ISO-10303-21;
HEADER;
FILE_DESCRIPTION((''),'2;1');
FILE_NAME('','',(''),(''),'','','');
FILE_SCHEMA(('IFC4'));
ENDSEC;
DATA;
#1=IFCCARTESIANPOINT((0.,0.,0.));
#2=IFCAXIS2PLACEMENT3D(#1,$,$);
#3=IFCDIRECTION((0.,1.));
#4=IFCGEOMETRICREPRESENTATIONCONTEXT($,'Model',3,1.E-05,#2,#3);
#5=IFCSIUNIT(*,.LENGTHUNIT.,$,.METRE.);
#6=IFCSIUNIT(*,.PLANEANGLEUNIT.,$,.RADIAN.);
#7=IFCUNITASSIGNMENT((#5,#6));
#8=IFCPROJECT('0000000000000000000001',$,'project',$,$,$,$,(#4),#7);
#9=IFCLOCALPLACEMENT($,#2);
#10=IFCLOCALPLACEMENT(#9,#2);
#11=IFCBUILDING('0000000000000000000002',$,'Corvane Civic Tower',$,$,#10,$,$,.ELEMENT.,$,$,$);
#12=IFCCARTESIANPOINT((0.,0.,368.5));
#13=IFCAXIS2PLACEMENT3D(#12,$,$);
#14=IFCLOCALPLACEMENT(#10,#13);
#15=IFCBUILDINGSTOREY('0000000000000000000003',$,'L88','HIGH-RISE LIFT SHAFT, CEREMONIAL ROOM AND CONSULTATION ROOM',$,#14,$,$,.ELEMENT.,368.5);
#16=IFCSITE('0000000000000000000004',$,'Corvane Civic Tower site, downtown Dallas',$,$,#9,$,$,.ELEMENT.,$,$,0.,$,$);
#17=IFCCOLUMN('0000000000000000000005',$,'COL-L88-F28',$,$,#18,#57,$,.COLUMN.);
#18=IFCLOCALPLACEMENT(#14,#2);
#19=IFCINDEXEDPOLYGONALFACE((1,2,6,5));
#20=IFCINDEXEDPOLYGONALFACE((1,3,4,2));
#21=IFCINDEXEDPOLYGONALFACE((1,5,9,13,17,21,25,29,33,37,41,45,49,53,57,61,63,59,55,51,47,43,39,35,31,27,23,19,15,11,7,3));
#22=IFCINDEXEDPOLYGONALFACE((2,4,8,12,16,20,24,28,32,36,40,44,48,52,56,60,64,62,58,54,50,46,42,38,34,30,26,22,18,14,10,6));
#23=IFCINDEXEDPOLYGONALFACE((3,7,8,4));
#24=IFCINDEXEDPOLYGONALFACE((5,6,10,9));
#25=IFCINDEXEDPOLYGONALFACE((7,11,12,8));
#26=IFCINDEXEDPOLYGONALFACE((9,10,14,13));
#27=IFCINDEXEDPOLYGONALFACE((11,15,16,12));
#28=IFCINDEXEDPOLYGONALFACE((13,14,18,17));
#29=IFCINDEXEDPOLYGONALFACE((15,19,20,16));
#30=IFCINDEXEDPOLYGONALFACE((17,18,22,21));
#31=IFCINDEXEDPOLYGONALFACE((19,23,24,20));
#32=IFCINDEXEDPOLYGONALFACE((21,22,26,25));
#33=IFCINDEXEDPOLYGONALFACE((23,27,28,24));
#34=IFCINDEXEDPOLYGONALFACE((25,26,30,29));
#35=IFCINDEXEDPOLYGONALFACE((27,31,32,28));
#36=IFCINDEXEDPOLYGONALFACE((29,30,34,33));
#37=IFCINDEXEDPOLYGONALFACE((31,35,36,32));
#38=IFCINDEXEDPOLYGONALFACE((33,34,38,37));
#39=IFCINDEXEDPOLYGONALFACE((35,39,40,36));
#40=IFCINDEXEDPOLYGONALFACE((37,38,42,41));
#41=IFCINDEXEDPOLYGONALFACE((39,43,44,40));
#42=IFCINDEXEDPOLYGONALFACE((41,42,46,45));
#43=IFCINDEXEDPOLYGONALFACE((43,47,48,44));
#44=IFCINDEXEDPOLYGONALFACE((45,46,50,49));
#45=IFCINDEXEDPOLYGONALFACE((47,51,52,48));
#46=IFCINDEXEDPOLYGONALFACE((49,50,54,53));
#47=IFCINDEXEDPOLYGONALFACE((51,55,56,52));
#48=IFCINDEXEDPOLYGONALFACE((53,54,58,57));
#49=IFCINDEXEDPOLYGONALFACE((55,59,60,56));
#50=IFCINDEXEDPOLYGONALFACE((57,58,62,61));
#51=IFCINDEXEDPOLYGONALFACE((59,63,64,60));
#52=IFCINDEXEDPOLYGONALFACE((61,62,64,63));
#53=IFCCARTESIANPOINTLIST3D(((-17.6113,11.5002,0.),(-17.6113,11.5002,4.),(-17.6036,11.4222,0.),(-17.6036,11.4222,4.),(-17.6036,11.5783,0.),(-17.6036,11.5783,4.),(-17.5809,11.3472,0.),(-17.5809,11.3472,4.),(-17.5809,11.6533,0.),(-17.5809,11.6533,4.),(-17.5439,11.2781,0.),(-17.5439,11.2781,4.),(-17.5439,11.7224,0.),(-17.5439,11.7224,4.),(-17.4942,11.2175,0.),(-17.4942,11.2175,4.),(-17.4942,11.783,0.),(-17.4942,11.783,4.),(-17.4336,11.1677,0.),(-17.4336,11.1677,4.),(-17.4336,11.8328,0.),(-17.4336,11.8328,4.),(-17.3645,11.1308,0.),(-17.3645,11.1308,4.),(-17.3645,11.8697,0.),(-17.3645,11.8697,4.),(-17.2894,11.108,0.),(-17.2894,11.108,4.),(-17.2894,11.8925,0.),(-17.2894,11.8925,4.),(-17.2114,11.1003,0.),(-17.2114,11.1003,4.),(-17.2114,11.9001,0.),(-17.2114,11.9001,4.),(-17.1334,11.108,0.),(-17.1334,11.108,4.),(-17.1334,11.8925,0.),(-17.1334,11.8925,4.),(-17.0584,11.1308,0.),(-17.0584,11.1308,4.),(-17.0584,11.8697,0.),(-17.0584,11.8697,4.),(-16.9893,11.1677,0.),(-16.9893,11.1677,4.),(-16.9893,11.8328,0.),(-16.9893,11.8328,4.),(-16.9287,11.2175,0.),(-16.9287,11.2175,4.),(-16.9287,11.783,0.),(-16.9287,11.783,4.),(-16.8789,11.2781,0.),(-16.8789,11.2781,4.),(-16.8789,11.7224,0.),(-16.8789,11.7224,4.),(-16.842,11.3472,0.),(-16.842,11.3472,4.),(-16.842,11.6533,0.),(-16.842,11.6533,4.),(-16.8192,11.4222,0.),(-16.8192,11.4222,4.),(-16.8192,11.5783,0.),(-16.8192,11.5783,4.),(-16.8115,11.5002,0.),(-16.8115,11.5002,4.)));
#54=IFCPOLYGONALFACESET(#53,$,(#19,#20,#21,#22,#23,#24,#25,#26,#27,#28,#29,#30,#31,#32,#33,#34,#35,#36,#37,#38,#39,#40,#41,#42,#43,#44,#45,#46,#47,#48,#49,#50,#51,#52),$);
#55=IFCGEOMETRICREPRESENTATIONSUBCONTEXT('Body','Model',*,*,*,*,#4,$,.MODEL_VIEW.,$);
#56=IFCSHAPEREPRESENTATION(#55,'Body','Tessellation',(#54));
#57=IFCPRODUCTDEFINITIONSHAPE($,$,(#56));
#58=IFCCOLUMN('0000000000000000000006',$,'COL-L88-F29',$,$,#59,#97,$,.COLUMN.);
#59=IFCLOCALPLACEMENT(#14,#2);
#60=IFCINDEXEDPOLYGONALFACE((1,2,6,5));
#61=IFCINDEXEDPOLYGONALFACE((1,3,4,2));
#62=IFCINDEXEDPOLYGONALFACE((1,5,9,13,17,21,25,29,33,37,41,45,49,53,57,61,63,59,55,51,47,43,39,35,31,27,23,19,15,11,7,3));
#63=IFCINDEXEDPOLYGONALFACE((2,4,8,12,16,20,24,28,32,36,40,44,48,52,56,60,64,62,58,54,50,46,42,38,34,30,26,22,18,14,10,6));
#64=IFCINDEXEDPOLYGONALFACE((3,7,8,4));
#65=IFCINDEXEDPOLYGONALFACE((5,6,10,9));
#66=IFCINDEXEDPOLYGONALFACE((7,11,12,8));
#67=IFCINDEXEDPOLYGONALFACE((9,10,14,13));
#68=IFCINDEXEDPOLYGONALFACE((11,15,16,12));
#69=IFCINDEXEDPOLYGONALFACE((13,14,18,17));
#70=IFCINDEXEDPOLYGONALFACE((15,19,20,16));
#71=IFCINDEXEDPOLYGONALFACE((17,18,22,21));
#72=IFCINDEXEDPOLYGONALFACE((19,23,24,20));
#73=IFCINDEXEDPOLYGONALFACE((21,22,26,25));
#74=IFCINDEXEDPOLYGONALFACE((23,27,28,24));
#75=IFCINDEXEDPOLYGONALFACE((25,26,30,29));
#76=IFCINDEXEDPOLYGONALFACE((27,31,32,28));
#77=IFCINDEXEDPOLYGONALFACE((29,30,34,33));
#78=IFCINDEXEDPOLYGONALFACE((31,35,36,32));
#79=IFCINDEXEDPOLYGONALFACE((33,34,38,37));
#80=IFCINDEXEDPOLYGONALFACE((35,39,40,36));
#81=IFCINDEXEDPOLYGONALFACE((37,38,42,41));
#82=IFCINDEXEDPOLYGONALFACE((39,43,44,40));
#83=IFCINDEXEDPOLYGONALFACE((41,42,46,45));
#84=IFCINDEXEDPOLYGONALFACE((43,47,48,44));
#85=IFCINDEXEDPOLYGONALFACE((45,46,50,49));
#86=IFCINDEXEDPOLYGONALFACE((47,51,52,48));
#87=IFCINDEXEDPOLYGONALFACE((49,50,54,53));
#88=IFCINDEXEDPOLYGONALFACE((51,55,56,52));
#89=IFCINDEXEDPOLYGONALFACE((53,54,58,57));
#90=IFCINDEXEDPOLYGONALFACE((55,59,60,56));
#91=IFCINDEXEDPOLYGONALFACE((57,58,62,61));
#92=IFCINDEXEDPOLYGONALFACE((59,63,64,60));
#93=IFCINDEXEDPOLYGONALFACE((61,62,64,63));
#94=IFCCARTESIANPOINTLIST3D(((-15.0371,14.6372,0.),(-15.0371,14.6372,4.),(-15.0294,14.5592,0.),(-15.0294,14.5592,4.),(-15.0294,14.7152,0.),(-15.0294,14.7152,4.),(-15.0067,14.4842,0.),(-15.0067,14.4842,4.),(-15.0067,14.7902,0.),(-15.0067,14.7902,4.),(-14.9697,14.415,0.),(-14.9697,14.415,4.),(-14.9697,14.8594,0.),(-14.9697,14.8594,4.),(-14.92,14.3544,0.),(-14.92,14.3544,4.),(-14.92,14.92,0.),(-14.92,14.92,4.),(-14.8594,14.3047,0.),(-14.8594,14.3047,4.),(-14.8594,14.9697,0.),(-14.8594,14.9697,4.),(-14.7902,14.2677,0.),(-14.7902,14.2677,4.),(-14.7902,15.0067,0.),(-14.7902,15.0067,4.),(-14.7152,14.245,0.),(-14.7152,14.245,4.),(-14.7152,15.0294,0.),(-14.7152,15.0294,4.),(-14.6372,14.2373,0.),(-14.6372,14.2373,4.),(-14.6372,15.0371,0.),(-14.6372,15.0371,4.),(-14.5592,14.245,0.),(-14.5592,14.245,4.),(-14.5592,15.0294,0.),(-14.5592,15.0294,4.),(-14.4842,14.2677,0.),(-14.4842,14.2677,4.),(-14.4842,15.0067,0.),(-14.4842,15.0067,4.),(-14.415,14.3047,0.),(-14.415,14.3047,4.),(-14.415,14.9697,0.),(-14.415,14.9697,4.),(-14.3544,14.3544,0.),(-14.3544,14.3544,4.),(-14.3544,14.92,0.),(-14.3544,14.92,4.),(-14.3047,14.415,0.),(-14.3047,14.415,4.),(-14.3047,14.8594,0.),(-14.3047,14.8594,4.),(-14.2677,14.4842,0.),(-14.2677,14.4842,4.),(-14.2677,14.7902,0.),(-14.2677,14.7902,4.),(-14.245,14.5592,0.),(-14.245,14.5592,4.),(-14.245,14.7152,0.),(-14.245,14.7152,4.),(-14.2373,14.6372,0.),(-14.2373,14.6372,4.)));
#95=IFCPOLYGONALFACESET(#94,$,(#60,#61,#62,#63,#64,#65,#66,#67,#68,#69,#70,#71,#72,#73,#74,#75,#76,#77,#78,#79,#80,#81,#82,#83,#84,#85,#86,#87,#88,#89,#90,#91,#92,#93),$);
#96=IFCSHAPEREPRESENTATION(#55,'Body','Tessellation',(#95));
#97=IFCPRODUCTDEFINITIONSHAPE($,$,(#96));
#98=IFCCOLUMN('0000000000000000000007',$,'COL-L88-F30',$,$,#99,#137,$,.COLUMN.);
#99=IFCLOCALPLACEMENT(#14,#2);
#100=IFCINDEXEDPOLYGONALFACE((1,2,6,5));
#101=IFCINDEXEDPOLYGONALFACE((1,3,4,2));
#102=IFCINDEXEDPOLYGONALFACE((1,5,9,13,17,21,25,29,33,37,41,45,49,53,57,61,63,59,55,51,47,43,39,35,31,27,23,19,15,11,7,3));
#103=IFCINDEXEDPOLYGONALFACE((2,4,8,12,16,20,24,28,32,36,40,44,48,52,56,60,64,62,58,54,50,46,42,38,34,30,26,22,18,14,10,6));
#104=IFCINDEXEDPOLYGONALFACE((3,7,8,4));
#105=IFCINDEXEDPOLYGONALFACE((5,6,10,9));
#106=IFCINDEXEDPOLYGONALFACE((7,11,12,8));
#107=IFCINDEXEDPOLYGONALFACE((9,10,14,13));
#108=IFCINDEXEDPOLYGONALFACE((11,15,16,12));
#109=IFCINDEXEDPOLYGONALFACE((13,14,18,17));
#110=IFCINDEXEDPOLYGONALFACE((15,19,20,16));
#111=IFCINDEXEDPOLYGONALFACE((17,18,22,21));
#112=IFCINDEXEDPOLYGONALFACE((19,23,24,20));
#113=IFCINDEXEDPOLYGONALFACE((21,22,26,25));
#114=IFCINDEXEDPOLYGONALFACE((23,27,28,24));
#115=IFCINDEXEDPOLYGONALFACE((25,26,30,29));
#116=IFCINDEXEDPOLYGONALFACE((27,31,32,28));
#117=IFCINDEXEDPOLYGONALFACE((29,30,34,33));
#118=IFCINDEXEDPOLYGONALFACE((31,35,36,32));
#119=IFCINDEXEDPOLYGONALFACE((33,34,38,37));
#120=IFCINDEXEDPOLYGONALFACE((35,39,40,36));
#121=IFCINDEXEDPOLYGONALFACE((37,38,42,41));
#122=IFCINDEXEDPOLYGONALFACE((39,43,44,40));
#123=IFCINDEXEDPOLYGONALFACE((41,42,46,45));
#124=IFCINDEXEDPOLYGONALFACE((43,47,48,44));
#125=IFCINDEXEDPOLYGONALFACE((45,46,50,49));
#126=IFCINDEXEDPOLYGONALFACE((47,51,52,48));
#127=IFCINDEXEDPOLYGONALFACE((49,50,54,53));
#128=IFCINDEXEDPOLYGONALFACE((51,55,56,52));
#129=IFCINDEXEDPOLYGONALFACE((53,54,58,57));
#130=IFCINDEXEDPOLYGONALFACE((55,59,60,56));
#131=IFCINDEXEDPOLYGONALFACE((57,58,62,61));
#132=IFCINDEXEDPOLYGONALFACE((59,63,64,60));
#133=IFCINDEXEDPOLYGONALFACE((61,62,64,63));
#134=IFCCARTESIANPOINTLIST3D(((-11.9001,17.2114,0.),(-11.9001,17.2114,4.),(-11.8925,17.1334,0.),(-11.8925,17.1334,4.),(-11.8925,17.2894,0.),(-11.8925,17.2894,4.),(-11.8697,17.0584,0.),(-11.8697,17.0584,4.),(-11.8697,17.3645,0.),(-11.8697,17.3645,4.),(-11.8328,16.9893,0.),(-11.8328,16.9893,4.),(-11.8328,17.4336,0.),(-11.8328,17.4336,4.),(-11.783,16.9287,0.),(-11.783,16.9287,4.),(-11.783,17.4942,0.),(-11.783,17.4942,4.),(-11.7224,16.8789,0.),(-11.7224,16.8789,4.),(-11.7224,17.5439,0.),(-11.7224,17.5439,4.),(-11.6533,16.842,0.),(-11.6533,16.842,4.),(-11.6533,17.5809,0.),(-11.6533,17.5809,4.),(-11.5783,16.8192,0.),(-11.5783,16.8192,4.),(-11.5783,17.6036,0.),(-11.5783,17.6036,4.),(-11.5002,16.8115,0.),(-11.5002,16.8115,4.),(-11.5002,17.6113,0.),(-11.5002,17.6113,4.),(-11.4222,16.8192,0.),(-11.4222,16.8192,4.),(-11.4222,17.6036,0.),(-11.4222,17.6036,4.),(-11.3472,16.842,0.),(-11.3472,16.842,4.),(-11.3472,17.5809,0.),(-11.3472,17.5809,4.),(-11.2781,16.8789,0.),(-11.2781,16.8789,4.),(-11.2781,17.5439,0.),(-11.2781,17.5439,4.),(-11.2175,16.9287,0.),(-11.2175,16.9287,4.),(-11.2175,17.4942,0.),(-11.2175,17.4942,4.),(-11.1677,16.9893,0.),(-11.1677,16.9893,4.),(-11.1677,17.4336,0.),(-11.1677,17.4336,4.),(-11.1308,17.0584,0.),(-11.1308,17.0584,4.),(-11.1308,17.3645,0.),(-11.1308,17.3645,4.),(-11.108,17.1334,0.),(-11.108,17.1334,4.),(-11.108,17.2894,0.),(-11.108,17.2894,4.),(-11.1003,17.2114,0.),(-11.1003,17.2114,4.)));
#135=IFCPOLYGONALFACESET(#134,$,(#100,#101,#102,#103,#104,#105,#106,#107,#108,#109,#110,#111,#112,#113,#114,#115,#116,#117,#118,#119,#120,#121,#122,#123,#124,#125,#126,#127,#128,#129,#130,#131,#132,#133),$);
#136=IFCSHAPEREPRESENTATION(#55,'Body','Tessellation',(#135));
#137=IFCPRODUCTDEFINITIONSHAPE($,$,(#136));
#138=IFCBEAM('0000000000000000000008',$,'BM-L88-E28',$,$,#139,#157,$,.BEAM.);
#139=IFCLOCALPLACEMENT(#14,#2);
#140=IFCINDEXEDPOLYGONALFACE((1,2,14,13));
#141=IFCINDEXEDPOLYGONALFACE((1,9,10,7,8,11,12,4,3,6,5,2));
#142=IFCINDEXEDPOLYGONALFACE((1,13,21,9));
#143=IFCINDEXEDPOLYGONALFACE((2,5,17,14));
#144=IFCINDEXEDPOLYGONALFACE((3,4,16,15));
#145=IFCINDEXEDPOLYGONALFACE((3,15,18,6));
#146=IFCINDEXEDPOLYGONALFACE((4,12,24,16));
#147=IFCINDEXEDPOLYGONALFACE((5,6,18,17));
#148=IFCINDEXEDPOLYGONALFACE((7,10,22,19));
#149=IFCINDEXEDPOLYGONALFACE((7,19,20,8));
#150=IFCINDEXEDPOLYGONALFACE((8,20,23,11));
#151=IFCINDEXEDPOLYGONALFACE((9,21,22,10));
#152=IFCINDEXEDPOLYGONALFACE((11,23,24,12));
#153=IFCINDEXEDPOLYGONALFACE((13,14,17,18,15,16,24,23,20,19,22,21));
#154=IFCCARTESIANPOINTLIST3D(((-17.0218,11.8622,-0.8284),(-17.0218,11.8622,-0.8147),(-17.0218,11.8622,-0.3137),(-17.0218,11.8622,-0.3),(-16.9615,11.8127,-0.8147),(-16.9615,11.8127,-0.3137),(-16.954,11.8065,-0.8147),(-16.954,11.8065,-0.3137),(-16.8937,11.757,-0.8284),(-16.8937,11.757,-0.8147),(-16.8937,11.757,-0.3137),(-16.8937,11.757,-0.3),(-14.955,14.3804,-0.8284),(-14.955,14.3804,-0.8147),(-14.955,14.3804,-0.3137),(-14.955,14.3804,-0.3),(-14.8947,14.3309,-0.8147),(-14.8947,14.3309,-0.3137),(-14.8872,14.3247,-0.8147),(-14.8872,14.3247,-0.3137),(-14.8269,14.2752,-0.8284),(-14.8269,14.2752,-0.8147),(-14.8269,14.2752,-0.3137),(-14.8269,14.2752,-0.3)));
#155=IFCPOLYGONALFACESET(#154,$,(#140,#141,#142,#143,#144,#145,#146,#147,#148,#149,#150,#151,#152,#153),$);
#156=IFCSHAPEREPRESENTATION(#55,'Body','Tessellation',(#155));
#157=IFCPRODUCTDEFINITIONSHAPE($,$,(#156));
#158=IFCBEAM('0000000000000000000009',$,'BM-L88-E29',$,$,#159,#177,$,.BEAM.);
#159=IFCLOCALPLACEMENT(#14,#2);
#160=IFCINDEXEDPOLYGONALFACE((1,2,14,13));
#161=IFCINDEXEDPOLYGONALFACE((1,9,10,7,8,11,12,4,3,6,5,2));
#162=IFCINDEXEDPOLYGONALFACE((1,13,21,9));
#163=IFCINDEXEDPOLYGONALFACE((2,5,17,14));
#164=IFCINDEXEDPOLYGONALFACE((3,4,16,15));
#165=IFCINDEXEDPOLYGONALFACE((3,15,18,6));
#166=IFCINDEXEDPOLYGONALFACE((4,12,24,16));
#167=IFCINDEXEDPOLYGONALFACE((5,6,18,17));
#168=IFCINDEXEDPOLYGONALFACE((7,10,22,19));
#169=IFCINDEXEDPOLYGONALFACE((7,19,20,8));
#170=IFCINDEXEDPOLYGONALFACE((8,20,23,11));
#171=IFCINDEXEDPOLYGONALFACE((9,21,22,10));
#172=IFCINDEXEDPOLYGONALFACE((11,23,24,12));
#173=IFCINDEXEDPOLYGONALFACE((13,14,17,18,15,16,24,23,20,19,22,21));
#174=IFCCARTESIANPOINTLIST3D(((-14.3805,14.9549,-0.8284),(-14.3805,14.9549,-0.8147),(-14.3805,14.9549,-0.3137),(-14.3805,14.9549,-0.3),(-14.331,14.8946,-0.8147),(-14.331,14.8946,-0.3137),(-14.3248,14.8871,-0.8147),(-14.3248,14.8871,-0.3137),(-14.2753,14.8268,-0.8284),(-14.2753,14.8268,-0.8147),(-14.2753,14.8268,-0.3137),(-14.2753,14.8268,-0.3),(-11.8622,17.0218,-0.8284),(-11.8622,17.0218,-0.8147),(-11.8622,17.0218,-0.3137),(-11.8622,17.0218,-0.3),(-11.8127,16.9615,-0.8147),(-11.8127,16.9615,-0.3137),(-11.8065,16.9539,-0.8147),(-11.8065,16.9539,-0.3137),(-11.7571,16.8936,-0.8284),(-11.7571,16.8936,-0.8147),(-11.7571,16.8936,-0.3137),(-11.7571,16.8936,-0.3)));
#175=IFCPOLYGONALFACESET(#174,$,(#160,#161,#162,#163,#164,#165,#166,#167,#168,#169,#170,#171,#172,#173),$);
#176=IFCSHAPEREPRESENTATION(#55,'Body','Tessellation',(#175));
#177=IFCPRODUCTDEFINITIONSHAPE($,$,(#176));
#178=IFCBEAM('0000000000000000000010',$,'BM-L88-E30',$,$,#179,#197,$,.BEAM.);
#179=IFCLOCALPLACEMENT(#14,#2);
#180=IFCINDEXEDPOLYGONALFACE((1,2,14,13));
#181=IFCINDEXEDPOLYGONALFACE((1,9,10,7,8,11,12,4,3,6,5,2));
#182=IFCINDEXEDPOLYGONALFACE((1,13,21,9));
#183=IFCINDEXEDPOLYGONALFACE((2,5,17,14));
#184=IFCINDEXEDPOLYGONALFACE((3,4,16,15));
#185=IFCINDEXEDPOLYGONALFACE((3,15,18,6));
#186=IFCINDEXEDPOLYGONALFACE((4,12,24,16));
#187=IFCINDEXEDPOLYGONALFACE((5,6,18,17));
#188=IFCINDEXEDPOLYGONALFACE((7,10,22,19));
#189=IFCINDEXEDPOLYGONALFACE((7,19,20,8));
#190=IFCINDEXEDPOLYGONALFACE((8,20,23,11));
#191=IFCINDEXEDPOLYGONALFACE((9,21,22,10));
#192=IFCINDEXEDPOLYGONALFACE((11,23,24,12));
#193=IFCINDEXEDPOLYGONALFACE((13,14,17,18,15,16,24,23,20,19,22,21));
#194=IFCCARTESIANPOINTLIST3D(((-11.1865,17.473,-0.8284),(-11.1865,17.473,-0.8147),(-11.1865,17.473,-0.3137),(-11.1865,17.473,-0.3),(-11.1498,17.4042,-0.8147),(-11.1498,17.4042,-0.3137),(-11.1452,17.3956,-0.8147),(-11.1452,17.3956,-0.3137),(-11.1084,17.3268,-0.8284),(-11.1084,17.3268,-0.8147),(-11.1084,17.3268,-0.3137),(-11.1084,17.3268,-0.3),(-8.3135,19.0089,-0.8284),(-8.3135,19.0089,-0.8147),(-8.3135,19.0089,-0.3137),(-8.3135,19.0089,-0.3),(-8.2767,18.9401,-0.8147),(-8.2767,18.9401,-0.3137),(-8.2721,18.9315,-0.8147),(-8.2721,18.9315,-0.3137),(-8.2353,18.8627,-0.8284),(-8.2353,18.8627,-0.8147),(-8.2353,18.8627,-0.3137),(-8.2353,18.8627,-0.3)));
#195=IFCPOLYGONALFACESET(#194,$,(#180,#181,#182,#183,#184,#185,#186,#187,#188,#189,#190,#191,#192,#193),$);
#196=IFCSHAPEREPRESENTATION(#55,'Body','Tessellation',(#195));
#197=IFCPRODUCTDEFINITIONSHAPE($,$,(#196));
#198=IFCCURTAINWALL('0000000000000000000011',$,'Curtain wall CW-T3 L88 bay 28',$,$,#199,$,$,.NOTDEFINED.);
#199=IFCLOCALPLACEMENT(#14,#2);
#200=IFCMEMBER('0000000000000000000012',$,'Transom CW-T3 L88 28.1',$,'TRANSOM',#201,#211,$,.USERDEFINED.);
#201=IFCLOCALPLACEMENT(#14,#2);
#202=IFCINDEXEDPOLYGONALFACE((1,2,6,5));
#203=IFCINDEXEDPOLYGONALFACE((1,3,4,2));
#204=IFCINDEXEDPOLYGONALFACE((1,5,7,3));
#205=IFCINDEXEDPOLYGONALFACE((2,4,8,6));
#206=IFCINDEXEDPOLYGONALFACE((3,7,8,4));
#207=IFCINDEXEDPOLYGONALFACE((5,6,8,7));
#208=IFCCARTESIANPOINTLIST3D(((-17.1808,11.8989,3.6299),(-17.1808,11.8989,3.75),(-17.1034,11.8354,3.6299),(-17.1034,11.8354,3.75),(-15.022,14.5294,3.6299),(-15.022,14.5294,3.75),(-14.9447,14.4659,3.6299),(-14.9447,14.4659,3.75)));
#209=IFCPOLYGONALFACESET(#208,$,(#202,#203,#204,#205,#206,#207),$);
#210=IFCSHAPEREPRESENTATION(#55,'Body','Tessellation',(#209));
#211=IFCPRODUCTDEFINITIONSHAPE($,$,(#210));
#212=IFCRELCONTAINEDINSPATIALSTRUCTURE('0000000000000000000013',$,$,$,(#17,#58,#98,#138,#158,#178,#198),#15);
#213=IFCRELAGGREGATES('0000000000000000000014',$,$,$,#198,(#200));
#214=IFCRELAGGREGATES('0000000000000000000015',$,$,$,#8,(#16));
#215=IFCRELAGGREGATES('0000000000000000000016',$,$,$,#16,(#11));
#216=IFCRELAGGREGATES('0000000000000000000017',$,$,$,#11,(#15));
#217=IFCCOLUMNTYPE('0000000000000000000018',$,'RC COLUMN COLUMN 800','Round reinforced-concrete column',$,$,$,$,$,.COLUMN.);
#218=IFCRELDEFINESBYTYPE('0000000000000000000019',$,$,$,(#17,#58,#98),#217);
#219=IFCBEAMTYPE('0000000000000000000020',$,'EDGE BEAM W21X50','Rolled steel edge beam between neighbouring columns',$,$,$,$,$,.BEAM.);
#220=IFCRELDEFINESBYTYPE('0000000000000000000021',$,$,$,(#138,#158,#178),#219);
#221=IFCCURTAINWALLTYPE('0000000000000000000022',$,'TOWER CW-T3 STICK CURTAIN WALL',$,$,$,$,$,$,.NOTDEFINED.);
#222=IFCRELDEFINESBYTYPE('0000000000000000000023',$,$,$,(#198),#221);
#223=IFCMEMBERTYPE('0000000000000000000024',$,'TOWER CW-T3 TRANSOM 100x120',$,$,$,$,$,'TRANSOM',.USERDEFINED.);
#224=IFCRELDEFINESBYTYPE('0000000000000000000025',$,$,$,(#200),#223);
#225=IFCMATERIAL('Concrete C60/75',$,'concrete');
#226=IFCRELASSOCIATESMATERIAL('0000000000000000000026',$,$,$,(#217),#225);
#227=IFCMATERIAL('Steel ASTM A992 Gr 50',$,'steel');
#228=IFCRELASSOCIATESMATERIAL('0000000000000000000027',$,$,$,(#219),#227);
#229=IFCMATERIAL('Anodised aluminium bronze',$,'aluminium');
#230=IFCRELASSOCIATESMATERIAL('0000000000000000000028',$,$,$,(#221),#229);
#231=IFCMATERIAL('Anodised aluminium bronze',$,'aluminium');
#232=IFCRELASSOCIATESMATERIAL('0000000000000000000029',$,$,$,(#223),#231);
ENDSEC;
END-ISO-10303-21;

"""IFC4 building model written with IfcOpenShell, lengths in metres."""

from ifc_helpers import new_model, si_unit, direction, frame, origin, origin_2d, place, context, subcontext, project, spatial, rectangle, circle, i_section, extrude, material, material_profile, profile_set, type_object, element, aggregate, save


model = new_model("IFC4")

# Units and contexts
model_context = context("Model", 3, precision=1e-05, world=origin(), true_north=direction((0.0, 1.0)))
body_context = subcontext(model_context, "Body", "Model", "MODEL_VIEW")
ifc_project = project(units=[si_unit("LENGTHUNIT", "METRE"), si_unit("PLANEANGLEUNIT", "RADIAN")], contexts=[model_context])

# Site, building, storey
site_placement = place(None, origin())
site = spatial("IfcSite", under=ifc_project, at=site_placement, Name="Corvane Civic Tower site, downtown Dallas", CompositionType="ELEMENT", RefElevation=0.0)
building_placement = place(site_placement, origin())
building = spatial("IfcBuilding", under=site, at=building_placement, Name="Corvane Civic Tower", CompositionType="ELEMENT")
storey_placement = place(building_placement, frame((0.0, 0.0, 368.5)))
storey = spatial("IfcBuildingStorey", under=building, at=storey_placement, Name="L88", Description="HIGH-RISE LIFT SHAFT, CEREMONIAL ROOM AND CONSULTATION ROOM", CompositionType="ELEMENT", Elevation=368.5)

# Columns
ifc_material_1 = material(Name="Concrete C60/75", Category="concrete")
ifc_material_profile_1 = material_profile(ifc_material_1, circle(Radius=0.3999, at=origin_2d()), Name="COLUMN 800")
ifc_profile_set_1 = profile_set([ifc_material_profile_1], Name="Concrete C60/75")
column_type = type_object("IfcColumnType", Name="RC COLUMN COLUMN 800", Description="Round reinforced-concrete column", PredefinedType="COLUMN", material=ifc_profile_set_1)
for number, where, z_axis, x_axis, name in (
    (1, (-17.2114, 11.5002, 0.0), (0.0, 0.0, 1.0), (1.0, 0.0, 0.0), "COL-L88-F28"),
    (2, (-14.6372, 14.6372, 0.0), (0.0, 0.0, 1.0), (1.0, 0.0, 0.0), "COL-L88-F29"),
    (3, (-11.5002, 17.2114, 0.0), (0.0, 0.0, 1.0), (1.0, 0.0, 0.0), "COL-L88-F30"),
):
    element("IfcColumn", number, at=place(storey_placement, frame(where, z_axis=z_axis, x_axis=x_axis)), inside=storey, type_object=column_type, Name=name, PredefinedType="COLUMN", context=body_context, shape_type="SweptSolid", body=[
        extrude(circle(Radius=0.3999, at=origin_2d()), origin(), (0.0, 0.0, 1.0), 4.0),
    ])

# Beams
ifc_material_2 = material(Name="Steel ASTM A992 Gr 50", Category="steel")
ifc_material_profile_2 = material_profile(ifc_material_2, i_section(OverallWidth=0.1658, OverallDepth=0.5283, WebThickness=0.0098, FlangeThickness=0.0137, at=origin_2d()), Name="W21X50")
ifc_profile_set_2 = profile_set([ifc_material_profile_2], Name="Steel ASTM A992 Gr 50")
beam_type = type_object("IfcBeamType", Name="EDGE BEAM W21X50", Description="Rolled steel edge beam between neighbouring columns", PredefinedType="BEAM", material=ifc_profile_set_2)
for number, where, z_axis, x_axis, name in (
    (4, (-16.9578, 11.8096, -0.5642), (0.634425, 0.772985, 0.0), (-0.772985, 0.634425, 0.0), "BM-L88-E28"),
    (5, (-14.3279, 14.8909, -0.5642), (0.772985, 0.634425, 0.0), (-0.634425, 0.772985, 0.0), "BM-L88-E29"),
    (6, (-11.1475, 17.3999, -0.5642), (0.881894, 0.471448, 0.0), (-0.471448, 0.881894, 0.0), "BM-L88-E30"),
):
    element("IfcBeam", number, at=place(storey_placement, frame(where, z_axis=z_axis, x_axis=x_axis)), inside=storey, type_object=beam_type, Name=name, PredefinedType="BEAM", context=body_context, shape_type="SweptSolid", body=[
        extrude(i_section(OverallWidth=0.1658, OverallDepth=0.5283, WebThickness=0.0098, FlangeThickness=0.0137, at=origin_2d()), origin(), (0.0, 0.0, 1.0), 3.2578),
    ])

# Curtain wall, member
ifc_material_3 = material(Name="Anodised aluminium bronze", Category="aluminium")
curtain_wall_type = type_object("IfcCurtainWallType", Name="TOWER CW-T3 STICK CURTAIN WALL", PredefinedType="NOTDEFINED", material=ifc_material_3)
curtain_wall_1_placement = place(storey_placement, origin())
curtain_wall_1 = element("IfcCurtainWall", 7, at=curtain_wall_1_placement, inside=storey, type_object=curtain_wall_type, Name="Curtain wall CW-T3 L88 bay 28", PredefinedType="NOTDEFINED")
ifc_material_4 = material(Name="Anodised aluminium bronze", Category="aluminium")
ifc_material_profile_3 = material_profile(ifc_material_4, rectangle(XDim=0.1001, YDim=0.1201, at=origin_2d()), Name="TOWER CW-T3 TRANSOM 100x120")
ifc_profile_set_3 = profile_set([ifc_material_profile_3], Name="Anodised aluminium bronze")
member_type = type_object("IfcMemberType", Name="TOWER CW-T3 TRANSOM 100x120", ElementType="TRANSOM", PredefinedType="USERDEFINED", material=ifc_profile_set_3)
member_1_placement = place(storey_placement, frame((-17.1421, 11.8672, 3.6899), z_axis=(0.634394, 0.77301, 0.0), x_axis=(-0.77301, 0.634394, 0.0)))
member_1 = element("IfcMember", 8, at=member_1_placement, type_object=member_type, Name="Transom CW-T3 L88 28.1", ObjectType="TRANSOM", PredefinedType="USERDEFINED", context=body_context, shape_type="SweptSolid", body=[
    extrude(rectangle(XDim=0.1001, YDim=0.1201, at=origin_2d()), origin(), (0.0, 0.0, 1.0), 3.4028),
])

aggregate(curtain_wall_1, [member_1])

save(model, "model.ifc")
